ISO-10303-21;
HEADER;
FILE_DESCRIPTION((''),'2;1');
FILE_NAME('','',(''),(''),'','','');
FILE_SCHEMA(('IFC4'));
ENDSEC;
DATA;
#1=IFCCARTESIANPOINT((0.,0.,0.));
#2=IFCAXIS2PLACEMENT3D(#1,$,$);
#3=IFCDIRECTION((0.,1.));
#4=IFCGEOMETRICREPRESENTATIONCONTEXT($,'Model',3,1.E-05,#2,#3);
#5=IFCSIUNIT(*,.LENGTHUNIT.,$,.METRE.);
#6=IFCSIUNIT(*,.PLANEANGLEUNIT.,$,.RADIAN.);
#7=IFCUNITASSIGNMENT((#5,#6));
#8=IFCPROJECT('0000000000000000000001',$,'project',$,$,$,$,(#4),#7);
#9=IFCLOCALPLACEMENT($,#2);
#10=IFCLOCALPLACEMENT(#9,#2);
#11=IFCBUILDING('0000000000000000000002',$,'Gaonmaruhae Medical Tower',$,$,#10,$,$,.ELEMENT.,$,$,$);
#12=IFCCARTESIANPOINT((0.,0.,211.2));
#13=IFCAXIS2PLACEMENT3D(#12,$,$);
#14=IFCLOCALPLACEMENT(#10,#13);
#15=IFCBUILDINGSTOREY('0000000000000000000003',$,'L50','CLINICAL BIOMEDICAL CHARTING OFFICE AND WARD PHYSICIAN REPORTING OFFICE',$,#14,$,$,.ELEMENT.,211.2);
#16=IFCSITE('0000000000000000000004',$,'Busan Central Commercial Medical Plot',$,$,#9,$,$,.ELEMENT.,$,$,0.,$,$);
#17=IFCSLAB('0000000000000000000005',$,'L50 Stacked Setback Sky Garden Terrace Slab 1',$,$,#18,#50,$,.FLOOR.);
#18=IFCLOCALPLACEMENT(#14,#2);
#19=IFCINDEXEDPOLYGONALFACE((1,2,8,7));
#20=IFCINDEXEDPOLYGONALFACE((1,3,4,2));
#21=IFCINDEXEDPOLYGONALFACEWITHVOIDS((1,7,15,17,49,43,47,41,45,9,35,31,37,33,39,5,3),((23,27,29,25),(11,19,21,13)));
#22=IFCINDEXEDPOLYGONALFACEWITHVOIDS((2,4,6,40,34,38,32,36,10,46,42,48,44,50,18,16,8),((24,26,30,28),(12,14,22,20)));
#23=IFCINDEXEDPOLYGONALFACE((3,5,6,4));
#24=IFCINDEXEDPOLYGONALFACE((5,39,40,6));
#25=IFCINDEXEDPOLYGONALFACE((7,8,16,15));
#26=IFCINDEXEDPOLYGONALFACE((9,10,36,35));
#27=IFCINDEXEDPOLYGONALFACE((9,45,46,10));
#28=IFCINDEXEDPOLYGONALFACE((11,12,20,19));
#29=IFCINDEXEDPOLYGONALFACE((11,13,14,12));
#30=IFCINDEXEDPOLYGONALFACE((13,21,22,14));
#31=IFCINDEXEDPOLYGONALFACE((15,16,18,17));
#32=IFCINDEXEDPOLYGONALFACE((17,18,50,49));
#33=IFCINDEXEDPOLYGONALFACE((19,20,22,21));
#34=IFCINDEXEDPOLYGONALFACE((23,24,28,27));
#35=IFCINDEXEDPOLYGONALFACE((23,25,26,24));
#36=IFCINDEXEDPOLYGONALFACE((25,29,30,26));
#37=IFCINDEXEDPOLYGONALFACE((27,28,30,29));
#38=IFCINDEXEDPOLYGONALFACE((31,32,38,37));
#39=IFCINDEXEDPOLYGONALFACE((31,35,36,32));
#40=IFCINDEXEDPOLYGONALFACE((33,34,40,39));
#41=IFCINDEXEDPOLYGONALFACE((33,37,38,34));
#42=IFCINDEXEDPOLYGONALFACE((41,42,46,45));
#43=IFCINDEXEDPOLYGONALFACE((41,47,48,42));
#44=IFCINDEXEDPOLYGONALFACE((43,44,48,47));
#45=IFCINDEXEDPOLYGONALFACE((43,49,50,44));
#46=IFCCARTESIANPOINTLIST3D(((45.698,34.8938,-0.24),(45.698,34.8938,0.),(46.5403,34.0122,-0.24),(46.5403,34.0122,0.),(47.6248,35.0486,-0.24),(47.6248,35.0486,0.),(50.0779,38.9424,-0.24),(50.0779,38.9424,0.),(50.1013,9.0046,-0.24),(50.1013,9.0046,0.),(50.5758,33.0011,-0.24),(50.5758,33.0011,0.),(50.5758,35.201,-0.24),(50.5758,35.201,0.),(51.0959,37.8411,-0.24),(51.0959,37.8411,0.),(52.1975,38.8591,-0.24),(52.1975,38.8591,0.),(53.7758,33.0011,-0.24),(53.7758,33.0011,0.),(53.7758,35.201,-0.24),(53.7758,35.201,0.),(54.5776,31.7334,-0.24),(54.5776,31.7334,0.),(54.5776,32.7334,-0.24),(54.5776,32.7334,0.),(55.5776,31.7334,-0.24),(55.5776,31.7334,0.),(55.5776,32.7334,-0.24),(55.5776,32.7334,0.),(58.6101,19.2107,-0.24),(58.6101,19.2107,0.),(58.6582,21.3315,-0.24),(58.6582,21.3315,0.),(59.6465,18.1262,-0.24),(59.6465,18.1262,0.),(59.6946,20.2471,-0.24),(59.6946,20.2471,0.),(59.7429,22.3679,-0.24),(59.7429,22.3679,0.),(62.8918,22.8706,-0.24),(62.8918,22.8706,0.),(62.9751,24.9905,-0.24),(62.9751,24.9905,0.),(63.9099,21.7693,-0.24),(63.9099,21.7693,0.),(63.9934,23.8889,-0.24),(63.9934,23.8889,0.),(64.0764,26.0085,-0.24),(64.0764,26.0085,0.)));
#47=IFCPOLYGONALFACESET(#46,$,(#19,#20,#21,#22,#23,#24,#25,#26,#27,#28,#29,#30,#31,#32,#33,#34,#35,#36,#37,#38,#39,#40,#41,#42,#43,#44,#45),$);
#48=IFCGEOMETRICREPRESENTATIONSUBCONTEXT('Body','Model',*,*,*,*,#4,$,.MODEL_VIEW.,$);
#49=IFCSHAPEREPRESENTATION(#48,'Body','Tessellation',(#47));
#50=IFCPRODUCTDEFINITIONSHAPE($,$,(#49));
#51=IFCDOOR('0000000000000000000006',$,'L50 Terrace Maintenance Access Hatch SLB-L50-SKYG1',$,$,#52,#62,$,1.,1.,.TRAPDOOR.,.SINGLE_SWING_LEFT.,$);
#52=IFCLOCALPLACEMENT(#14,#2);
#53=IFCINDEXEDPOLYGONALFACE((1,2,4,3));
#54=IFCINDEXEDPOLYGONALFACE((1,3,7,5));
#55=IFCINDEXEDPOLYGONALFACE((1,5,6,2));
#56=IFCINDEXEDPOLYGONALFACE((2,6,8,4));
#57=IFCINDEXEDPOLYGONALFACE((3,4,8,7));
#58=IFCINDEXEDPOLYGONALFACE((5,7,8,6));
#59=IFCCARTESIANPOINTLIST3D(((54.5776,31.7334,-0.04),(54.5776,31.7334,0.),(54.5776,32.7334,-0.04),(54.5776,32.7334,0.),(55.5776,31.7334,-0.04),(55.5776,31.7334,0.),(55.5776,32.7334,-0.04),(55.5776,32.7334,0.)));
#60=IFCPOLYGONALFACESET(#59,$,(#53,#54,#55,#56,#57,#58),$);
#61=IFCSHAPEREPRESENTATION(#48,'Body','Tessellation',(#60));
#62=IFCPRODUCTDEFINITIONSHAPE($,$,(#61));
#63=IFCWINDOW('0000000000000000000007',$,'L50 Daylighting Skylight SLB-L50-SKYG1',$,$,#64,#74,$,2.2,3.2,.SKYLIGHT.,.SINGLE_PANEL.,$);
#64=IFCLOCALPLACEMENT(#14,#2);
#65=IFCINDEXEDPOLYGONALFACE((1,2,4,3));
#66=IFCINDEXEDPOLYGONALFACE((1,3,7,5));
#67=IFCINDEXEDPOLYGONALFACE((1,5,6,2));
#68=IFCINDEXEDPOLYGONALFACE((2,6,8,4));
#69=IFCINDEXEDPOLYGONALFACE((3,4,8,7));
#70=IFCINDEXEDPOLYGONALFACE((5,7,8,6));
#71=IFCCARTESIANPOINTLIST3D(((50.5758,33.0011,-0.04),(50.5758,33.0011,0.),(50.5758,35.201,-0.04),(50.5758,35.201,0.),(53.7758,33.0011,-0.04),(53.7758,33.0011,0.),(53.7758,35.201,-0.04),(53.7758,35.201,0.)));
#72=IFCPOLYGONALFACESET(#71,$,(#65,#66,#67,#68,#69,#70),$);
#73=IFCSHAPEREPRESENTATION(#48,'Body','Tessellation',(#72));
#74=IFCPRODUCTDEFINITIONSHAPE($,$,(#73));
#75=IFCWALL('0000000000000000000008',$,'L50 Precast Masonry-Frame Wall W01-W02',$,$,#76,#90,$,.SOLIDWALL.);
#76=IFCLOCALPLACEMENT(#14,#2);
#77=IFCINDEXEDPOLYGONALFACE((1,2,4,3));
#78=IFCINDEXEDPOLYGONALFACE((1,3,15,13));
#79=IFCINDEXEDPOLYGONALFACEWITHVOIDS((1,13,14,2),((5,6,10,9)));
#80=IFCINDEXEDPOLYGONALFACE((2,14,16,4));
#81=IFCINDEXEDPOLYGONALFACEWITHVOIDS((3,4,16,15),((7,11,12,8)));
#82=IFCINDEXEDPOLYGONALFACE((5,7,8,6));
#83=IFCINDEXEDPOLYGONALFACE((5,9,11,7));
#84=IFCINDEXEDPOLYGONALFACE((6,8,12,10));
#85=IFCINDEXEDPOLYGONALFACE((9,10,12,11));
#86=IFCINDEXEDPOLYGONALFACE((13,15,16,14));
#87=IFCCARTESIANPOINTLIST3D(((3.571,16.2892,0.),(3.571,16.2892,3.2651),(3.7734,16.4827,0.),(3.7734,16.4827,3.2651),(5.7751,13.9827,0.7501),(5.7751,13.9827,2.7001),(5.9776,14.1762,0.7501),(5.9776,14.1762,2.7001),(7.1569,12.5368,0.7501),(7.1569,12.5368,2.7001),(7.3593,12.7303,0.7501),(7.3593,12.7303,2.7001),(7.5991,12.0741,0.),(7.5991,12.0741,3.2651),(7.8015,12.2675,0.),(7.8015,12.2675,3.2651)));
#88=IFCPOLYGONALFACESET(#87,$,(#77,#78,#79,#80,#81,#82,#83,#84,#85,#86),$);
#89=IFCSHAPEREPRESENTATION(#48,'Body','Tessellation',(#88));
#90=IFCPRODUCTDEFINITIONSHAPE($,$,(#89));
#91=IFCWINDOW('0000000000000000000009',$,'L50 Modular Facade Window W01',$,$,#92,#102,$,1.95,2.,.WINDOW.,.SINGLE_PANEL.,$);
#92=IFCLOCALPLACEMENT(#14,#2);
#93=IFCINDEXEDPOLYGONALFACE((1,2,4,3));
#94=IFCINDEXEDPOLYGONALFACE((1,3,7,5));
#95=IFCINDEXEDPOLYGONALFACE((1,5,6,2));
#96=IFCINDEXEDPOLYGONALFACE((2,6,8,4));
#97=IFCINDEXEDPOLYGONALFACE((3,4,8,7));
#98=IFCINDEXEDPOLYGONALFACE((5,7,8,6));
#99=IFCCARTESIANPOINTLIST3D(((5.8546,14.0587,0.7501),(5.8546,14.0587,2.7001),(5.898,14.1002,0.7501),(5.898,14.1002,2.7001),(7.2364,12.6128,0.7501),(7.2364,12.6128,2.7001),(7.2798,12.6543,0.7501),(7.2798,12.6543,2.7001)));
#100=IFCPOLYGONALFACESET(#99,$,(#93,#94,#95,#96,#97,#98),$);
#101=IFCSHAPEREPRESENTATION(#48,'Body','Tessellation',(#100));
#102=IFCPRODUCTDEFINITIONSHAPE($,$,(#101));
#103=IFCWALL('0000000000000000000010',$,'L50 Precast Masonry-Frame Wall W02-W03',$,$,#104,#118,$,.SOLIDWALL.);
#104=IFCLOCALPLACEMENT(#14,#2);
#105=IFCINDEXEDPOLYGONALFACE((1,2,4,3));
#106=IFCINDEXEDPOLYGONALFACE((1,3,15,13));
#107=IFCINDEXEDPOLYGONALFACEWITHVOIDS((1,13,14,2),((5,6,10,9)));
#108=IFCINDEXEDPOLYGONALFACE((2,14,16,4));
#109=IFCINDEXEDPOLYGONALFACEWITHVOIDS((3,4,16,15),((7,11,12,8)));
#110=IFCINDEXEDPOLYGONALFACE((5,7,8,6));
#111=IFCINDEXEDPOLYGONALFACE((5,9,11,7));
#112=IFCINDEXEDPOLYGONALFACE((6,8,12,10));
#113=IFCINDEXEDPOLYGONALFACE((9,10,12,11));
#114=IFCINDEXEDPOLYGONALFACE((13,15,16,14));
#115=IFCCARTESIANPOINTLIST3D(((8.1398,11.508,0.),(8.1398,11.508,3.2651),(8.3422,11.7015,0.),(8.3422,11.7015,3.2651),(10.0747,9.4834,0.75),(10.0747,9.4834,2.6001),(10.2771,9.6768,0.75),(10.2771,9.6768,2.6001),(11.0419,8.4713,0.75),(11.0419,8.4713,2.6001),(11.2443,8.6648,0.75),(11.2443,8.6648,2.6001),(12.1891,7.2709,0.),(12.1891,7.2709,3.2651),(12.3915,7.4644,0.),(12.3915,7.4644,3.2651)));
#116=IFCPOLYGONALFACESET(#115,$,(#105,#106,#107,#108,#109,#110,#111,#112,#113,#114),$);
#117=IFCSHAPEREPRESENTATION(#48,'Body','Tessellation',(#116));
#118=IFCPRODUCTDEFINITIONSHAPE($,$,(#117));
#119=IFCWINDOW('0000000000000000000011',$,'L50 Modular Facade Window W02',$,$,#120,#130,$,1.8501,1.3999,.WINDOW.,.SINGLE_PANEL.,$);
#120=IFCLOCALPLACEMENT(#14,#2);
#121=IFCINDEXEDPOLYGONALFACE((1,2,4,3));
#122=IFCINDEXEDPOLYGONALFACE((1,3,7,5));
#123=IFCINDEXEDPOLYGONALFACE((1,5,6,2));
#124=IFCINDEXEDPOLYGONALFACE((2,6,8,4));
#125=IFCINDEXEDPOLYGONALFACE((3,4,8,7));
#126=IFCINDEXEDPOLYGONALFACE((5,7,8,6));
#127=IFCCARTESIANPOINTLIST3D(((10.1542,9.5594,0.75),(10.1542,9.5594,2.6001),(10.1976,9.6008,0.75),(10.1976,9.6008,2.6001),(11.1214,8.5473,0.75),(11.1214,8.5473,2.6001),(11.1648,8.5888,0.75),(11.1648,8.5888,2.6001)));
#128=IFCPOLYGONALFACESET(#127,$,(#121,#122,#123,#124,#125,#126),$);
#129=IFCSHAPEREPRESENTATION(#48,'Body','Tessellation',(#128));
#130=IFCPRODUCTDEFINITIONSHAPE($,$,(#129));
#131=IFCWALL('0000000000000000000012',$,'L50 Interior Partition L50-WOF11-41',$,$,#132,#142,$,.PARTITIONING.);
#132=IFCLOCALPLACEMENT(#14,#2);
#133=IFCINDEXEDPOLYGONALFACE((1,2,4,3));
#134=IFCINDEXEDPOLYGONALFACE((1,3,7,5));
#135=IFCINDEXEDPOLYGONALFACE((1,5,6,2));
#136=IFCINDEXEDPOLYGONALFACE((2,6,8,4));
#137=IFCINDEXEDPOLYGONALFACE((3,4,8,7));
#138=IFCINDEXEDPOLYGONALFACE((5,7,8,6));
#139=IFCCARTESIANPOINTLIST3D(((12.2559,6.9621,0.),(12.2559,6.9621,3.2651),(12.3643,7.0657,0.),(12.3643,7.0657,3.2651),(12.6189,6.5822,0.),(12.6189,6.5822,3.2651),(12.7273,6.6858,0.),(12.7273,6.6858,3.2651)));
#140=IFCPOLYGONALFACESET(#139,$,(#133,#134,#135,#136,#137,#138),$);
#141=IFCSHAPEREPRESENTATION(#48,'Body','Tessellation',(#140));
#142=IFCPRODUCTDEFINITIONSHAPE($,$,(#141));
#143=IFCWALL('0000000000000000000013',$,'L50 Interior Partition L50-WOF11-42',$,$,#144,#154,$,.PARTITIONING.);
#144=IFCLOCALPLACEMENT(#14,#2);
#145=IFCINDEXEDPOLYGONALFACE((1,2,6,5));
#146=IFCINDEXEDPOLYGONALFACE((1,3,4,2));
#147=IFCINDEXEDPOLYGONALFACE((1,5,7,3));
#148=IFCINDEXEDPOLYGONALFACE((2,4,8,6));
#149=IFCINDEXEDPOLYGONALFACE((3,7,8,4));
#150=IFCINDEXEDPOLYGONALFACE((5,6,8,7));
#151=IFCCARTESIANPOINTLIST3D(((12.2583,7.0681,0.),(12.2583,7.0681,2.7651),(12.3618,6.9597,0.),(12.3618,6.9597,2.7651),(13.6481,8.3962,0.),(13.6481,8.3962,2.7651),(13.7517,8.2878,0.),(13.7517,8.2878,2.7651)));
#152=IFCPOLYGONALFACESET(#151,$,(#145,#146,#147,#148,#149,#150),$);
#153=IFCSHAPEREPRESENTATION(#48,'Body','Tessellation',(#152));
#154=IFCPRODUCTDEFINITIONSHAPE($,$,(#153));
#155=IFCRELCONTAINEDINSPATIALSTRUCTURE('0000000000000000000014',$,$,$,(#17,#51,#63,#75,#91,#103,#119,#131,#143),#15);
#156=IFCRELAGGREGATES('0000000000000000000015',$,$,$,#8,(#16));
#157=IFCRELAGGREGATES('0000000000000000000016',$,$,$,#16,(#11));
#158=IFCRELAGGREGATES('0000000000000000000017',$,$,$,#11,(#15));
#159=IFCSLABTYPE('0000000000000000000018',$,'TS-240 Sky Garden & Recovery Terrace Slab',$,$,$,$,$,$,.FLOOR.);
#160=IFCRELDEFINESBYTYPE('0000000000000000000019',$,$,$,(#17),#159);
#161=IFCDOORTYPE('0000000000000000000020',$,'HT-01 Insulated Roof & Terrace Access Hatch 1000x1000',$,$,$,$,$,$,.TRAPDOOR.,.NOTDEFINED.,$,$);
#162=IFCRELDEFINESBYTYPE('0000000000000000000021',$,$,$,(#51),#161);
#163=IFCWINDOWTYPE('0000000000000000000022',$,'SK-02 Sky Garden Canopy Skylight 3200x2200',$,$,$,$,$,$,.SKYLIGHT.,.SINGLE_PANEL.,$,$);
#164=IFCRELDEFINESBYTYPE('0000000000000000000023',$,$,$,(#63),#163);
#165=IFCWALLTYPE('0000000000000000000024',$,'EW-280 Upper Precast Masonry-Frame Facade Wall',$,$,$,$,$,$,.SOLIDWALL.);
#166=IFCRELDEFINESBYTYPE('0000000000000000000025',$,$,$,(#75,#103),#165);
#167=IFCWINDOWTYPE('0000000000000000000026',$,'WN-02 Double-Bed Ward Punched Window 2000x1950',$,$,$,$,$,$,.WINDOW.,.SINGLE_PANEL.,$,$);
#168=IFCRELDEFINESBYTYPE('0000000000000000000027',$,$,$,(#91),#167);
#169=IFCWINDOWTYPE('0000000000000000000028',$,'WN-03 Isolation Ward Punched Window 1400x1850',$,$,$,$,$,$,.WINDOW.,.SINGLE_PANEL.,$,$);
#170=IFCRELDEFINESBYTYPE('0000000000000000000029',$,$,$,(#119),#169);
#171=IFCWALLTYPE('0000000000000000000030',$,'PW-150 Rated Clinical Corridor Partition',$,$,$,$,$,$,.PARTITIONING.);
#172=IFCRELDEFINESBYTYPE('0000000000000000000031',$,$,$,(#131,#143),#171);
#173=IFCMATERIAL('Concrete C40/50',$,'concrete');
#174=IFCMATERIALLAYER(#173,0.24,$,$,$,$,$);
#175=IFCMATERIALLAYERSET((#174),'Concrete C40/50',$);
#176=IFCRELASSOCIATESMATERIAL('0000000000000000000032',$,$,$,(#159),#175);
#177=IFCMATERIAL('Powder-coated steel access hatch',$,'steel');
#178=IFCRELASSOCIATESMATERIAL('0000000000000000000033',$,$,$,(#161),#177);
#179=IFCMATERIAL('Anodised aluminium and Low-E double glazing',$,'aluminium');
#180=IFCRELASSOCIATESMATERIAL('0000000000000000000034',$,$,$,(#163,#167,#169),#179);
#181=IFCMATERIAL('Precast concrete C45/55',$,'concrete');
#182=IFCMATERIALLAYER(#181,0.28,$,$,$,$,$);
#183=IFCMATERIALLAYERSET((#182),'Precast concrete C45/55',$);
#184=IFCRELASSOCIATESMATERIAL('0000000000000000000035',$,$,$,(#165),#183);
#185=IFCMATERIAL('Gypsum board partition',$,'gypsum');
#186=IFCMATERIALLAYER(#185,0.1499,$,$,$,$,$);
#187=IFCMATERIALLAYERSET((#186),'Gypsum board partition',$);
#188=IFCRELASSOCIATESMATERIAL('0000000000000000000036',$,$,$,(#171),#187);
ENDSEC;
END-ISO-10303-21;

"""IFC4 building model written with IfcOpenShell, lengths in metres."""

from ifc_helpers import new_model, si_unit, direction, frame, frame_2d, origin, origin_2d, place, context, subcontext, project, spatial, polyline, rectangle, outline, extrude, material, layer, layer_set, type_object, element, fill, save


model = new_model("IFC4")

# Units and contexts
model_context = context("Model", 3, precision=1e-05, world=origin(), true_north=direction((0.0, 1.0)))
body_context = subcontext(model_context, "Body", "Model", "MODEL_VIEW")
ifc_project = project(units=[si_unit("LENGTHUNIT", "METRE"), si_unit("PLANEANGLEUNIT", "RADIAN")], contexts=[model_context])

# Site, building, storey
site_placement = place(None, origin())
site = spatial("IfcSite", under=ifc_project, at=site_placement, Name="Busan Central Commercial Medical Plot", CompositionType="ELEMENT", RefElevation=0.0)
building_placement = place(site_placement, origin())
building = spatial("IfcBuilding", under=site, at=building_placement, Name="Gaonmaruhae Medical Tower", CompositionType="ELEMENT")
storey_placement = place(building_placement, frame((0.0, 0.0, 211.2)))
storey = spatial("IfcBuildingStorey", under=building, at=storey_placement, Name="L50", Description="CLINICAL BIOMEDICAL CHARTING OFFICE AND WARD PHYSICIAN REPORTING OFFICE", CompositionType="ELEMENT", Elevation=211.2)

# Shared definitions
ifc_material_1 = material(Name="Concrete C40/50", Category="concrete")

# Shared definitions
ifc_layer_1 = layer(ifc_material_1, 0.24)
ifc_layer_set_1 = layer_set([ifc_layer_1], Name="Concrete C40/50")
slab_type_1 = type_object("IfcSlabType", Name="TS-240 Sky Garden & Recovery Terrace Slab", PredefinedType="FLOOR", material=ifc_layer_set_1)

# Slab, openings, door, window
slab_1_placement = place(storey_placement, frame((0.0, 0.0, -0.24)))
slab_1 = element("IfcSlab", 1, at=slab_1_placement, inside=storey, type_object=slab_type_1, Name="L50 Stacked Setback Sky Garden Terrace Slab 1", PredefinedType="FLOOR", context=body_context, shape_type="SweptSolid", body=[
    extrude(outline(polyline([(51.0959, 37.8411), (52.1975, 38.8591), (64.0764, 26.0085), (62.9751, 24.9905), (63.9934, 23.8889), (62.8918, 22.8706), (63.9099, 21.7693), (50.1013, 9.0046), (59.6465, 18.1262), (58.6101, 19.2107), (59.6946, 20.2471), (58.6582, 21.3315), (59.7429, 22.3679), (47.6248, 35.0486), (46.5403, 34.0122), (45.698, 34.8938), (50.0779, 38.9424), (51.0959, 37.8411)])), origin(), (0.0, 0.0, 1.0), 0.24),
])
opening_1_placement = place(slab_1_placement, frame((52.1758, 34.1011, 0.0)))
opening_1 = element("IfcOpeningElement", 2, at=opening_1_placement, cuts=slab_1, PredefinedType="OPENING", context=body_context, shape_type="SweptSolid", body=[
    extrude(rectangle(XDim=3.2, YDim=2.2, at=origin_2d()), frame((0.0, 0.0, -0.01)), (0.0, 0.0, 1.0), 0.26),
])
opening_2_placement = place(slab_1_placement, frame((55.0776, 32.2334, 0.0)))
opening_2 = element("IfcOpeningElement", 3, at=opening_2_placement, cuts=slab_1, PredefinedType="OPENING", context=body_context, shape_type="SweptSolid", body=[
    extrude(rectangle(XDim=1.0, YDim=1.0, at=origin_2d()), frame((0.0, 0.0, -0.01)), (0.0, 0.0, 1.0), 0.26),
])
ifc_material_2 = material(Name="Powder-coated steel access hatch", Category="steel")
door_type_1 = type_object("IfcDoorType", Name="HT-01 Insulated Roof & Terrace Access Hatch 1000x1000", OperationType="NOTDEFINED", PredefinedType="TRAPDOOR", material=ifc_material_2)
door_1_placement = place(opening_2_placement, frame((0.0, 0.0, 0.2)))
door_1 = element("IfcDoor", 4, at=door_1_placement, inside=storey, type_object=door_type_1, Name="L50 Terrace Maintenance Access Hatch SLB-L50-SKYG1", OperationType="SINGLE_SWING_LEFT", OverallHeight=1.0, OverallWidth=1.0, PredefinedType="TRAPDOOR", context=body_context, shape_type="SweptSolid", body=[
    extrude(rectangle(XDim=1.0, YDim=1.0, at=origin_2d()), origin(), (0.0, 0.0, 1.0), 0.04),
])
fill(opening_2, door_1)
ifc_material_3 = material(Name="Anodised aluminium and Low-E double glazing", Category="aluminium")
window_type_1 = type_object("IfcWindowType", Name="SK-02 Sky Garden Canopy Skylight 3200x2200", PartitioningType="SINGLE_PANEL", PredefinedType="SKYLIGHT", material=ifc_material_3)
window_1_placement = place(opening_1_placement, frame((0.0, 0.0, 0.2)))
window_1 = element("IfcWindow", 5, at=window_1_placement, inside=storey, type_object=window_type_1, Name="L50 Daylighting Skylight SLB-L50-SKYG1", OverallHeight=2.2, OverallWidth=3.2, PartitioningType="SINGLE_PANEL", PredefinedType="SKYLIGHT", context=body_context, shape_type="SweptSolid", body=[
    extrude(rectangle(XDim=3.2, YDim=2.2, at=origin_2d()), origin(), (0.0, 0.0, 1.0), 0.04),
])
fill(opening_1, window_1)

# Walls, openings, windows
ifc_material_4 = material(Name="Precast concrete C45/55", Category="concrete")
ifc_layer_2 = layer(ifc_material_4, 0.28)
ifc_layer_set_2 = layer_set([ifc_layer_2], Name="Precast concrete C45/55")
wall_type_1 = type_object("IfcWallType", Name="EW-280 Upper Precast Masonry-Frame Facade Wall", PredefinedType="SOLIDWALL", material=ifc_layer_set_2)
wall_1_placement = place(storey_placement, frame((7.7002, 12.1709, 0.0), z_axis=(0.0, 0.0, 1.0), x_axis=(-0.690887, 0.722963, 0.0)))
wall_1 = element("IfcWall", 6, at=wall_1_placement, inside=storey, type_object=wall_type_1, Name="L50 Precast Masonry-Frame Wall W01-W02", PredefinedType="SOLIDWALL", context=body_context, shape_type="SweptSolid", body=[
    extrude(rectangle(XDim=5.8303, YDim=0.28, at=frame_2d((2.915, 0.0))), origin(), (0.0, 0.0, 1.0), 3.2651),
])
opening_3_placement = place(wall_1_placement, frame((0.6399, 0.0, 0.75)))
opening_3 = element("IfcOpeningElement", 7, at=opening_3_placement, cuts=wall_1, PredefinedType="OPENING", context=body_context, shape_type="SweptSolid", body=[
    extrude(rectangle(XDim=2.0, YDim=1.95, at=frame_2d((1.0, 0.9751))), frame((0.0, 0.1499, 0.0), z_axis=(0.0, -1.0, 0.0), x_axis=(1.0, 0.0, 0.0)), (0.0, 0.0, 1.0), 0.3),
])
window_type_2 = type_object("IfcWindowType", Name="WN-02 Double-Bed Ward Punched Window 2000x1950", PartitioningType="SINGLE_PANEL", PredefinedType="WINDOW", material=ifc_material_3)
window_2_placement = place(opening_3_placement, origin())
window_2 = element("IfcWindow", 8, at=window_2_placement, inside=storey, type_object=window_type_2, Name="L50 Modular Facade Window W01", OverallHeight=1.95, OverallWidth=2.0, PartitioningType="SINGLE_PANEL", PredefinedType="WINDOW", context=body_context, shape_type="SweptSolid", body=[
    extrude(rectangle(XDim=2.0, YDim=1.95, at=frame_2d((1.0, 0.9751))), frame((0.0, 0.03, 0.0), z_axis=(0.0, -1.0, 0.0), x_axis=(1.0, 0.0, 0.0)), (0.0, 0.0, 1.0), 0.0601),
])
fill(opening_3, window_2)
wall_2_placement = place(storey_placement, frame((12.2903, 7.3677, 0.0), z_axis=(0.0, 0.0, 1.0), x_axis=(-0.690909, 0.722942, 0.0)))
wall_2 = element("IfcWall", 9, at=wall_2_placement, inside=storey, type_object=wall_type_1, Name="L50 Precast Masonry-Frame Wall W02-W03", PredefinedType="SOLIDWALL", context=body_context, shape_type="SweptSolid", body=[
    extrude(rectangle(XDim=5.8608, YDim=0.28, at=frame_2d((2.9304, 0.0))), origin(), (0.0, 0.0, 1.0), 3.2651),
])
opening_4_placement = place(wall_2_placement, frame((1.6604, 0.0, 0.75)))
opening_4 = element("IfcOpeningElement", 10, at=opening_4_placement, cuts=wall_2, PredefinedType="OPENING", context=body_context, shape_type="SweptSolid", body=[
    extrude(rectangle(XDim=1.3999, YDim=1.8501, at=frame_2d((0.7, 0.925))), frame((0.0, 0.1499, 0.0), z_axis=(0.0, -1.0, 0.0), x_axis=(1.0, 0.0, 0.0)), (0.0, 0.0, 1.0), 0.3),
])
window_type_3 = type_object("IfcWindowType", Name="WN-03 Isolation Ward Punched Window 1400x1850", PartitioningType="SINGLE_PANEL", PredefinedType="WINDOW", material=ifc_material_3)
window_3_placement = place(opening_4_placement, origin())
window_3 = element("IfcWindow", 11, at=window_3_placement, inside=storey, type_object=window_type_3, Name="L50 Modular Facade Window W02", OverallHeight=1.8501, OverallWidth=1.3999, PartitioningType="SINGLE_PANEL", PredefinedType="WINDOW", context=body_context, shape_type="SweptSolid", body=[
    extrude(rectangle(XDim=1.3999, YDim=1.8501, at=frame_2d((0.7, 0.925))), frame((0.0, 0.03, 0.0), z_axis=(0.0, -1.0, 0.0), x_axis=(1.0, 0.0, 0.0)), (0.0, 0.0, 1.0), 0.0601),
])
fill(opening_4, window_3)

# Walls
ifc_material_5 = material(Name="Gypsum board partition", Category="gypsum")
ifc_layer_3 = layer(ifc_material_5, 0.1499)
ifc_layer_set_3 = layer_set([ifc_layer_3], Name="Gypsum board partition")
wall_type_2 = type_object("IfcWallType", Name="PW-150 Rated Clinical Corridor Partition", PredefinedType="PARTITIONING", material=ifc_layer_set_3)
wall_3_placement = place(storey_placement, frame((12.6731, 6.634, 0.0), z_axis=(0.0, 0.0, 1.0), x_axis=(-0.690896, 0.722955, 0.0)))
element("IfcWall", 12, at=wall_3_placement, inside=storey, type_object=wall_type_2, Name="L50 Interior Partition L50-WOF11-41", PredefinedType="PARTITIONING", context=body_context, shape_type="SweptSolid", body=[
    extrude(rectangle(XDim=0.5254, YDim=0.1499, at=frame_2d((0.2627, 0.0))), origin(), (0.0, 0.0, 1.0), 3.2651),
])
wall_4_placement = place(storey_placement, frame((12.3101, 7.0139, 0.0), z_axis=(0.0, 0.0, 1.0), x_axis=(0.722989, 0.690859, 0.0)))
element("IfcWall", 13, at=wall_4_placement, inside=storey, type_object=wall_type_2, Name="L50 Interior Partition L50-WOF11-42", PredefinedType="PARTITIONING", context=body_context, shape_type="SweptSolid", body=[
    extrude(rectangle(XDim=1.9224, YDim=0.1499, at=frame_2d((0.9612, 0.0))), origin(), (0.0, 0.0, 1.0), 2.7651),
])

save(model, "model.ifc")
